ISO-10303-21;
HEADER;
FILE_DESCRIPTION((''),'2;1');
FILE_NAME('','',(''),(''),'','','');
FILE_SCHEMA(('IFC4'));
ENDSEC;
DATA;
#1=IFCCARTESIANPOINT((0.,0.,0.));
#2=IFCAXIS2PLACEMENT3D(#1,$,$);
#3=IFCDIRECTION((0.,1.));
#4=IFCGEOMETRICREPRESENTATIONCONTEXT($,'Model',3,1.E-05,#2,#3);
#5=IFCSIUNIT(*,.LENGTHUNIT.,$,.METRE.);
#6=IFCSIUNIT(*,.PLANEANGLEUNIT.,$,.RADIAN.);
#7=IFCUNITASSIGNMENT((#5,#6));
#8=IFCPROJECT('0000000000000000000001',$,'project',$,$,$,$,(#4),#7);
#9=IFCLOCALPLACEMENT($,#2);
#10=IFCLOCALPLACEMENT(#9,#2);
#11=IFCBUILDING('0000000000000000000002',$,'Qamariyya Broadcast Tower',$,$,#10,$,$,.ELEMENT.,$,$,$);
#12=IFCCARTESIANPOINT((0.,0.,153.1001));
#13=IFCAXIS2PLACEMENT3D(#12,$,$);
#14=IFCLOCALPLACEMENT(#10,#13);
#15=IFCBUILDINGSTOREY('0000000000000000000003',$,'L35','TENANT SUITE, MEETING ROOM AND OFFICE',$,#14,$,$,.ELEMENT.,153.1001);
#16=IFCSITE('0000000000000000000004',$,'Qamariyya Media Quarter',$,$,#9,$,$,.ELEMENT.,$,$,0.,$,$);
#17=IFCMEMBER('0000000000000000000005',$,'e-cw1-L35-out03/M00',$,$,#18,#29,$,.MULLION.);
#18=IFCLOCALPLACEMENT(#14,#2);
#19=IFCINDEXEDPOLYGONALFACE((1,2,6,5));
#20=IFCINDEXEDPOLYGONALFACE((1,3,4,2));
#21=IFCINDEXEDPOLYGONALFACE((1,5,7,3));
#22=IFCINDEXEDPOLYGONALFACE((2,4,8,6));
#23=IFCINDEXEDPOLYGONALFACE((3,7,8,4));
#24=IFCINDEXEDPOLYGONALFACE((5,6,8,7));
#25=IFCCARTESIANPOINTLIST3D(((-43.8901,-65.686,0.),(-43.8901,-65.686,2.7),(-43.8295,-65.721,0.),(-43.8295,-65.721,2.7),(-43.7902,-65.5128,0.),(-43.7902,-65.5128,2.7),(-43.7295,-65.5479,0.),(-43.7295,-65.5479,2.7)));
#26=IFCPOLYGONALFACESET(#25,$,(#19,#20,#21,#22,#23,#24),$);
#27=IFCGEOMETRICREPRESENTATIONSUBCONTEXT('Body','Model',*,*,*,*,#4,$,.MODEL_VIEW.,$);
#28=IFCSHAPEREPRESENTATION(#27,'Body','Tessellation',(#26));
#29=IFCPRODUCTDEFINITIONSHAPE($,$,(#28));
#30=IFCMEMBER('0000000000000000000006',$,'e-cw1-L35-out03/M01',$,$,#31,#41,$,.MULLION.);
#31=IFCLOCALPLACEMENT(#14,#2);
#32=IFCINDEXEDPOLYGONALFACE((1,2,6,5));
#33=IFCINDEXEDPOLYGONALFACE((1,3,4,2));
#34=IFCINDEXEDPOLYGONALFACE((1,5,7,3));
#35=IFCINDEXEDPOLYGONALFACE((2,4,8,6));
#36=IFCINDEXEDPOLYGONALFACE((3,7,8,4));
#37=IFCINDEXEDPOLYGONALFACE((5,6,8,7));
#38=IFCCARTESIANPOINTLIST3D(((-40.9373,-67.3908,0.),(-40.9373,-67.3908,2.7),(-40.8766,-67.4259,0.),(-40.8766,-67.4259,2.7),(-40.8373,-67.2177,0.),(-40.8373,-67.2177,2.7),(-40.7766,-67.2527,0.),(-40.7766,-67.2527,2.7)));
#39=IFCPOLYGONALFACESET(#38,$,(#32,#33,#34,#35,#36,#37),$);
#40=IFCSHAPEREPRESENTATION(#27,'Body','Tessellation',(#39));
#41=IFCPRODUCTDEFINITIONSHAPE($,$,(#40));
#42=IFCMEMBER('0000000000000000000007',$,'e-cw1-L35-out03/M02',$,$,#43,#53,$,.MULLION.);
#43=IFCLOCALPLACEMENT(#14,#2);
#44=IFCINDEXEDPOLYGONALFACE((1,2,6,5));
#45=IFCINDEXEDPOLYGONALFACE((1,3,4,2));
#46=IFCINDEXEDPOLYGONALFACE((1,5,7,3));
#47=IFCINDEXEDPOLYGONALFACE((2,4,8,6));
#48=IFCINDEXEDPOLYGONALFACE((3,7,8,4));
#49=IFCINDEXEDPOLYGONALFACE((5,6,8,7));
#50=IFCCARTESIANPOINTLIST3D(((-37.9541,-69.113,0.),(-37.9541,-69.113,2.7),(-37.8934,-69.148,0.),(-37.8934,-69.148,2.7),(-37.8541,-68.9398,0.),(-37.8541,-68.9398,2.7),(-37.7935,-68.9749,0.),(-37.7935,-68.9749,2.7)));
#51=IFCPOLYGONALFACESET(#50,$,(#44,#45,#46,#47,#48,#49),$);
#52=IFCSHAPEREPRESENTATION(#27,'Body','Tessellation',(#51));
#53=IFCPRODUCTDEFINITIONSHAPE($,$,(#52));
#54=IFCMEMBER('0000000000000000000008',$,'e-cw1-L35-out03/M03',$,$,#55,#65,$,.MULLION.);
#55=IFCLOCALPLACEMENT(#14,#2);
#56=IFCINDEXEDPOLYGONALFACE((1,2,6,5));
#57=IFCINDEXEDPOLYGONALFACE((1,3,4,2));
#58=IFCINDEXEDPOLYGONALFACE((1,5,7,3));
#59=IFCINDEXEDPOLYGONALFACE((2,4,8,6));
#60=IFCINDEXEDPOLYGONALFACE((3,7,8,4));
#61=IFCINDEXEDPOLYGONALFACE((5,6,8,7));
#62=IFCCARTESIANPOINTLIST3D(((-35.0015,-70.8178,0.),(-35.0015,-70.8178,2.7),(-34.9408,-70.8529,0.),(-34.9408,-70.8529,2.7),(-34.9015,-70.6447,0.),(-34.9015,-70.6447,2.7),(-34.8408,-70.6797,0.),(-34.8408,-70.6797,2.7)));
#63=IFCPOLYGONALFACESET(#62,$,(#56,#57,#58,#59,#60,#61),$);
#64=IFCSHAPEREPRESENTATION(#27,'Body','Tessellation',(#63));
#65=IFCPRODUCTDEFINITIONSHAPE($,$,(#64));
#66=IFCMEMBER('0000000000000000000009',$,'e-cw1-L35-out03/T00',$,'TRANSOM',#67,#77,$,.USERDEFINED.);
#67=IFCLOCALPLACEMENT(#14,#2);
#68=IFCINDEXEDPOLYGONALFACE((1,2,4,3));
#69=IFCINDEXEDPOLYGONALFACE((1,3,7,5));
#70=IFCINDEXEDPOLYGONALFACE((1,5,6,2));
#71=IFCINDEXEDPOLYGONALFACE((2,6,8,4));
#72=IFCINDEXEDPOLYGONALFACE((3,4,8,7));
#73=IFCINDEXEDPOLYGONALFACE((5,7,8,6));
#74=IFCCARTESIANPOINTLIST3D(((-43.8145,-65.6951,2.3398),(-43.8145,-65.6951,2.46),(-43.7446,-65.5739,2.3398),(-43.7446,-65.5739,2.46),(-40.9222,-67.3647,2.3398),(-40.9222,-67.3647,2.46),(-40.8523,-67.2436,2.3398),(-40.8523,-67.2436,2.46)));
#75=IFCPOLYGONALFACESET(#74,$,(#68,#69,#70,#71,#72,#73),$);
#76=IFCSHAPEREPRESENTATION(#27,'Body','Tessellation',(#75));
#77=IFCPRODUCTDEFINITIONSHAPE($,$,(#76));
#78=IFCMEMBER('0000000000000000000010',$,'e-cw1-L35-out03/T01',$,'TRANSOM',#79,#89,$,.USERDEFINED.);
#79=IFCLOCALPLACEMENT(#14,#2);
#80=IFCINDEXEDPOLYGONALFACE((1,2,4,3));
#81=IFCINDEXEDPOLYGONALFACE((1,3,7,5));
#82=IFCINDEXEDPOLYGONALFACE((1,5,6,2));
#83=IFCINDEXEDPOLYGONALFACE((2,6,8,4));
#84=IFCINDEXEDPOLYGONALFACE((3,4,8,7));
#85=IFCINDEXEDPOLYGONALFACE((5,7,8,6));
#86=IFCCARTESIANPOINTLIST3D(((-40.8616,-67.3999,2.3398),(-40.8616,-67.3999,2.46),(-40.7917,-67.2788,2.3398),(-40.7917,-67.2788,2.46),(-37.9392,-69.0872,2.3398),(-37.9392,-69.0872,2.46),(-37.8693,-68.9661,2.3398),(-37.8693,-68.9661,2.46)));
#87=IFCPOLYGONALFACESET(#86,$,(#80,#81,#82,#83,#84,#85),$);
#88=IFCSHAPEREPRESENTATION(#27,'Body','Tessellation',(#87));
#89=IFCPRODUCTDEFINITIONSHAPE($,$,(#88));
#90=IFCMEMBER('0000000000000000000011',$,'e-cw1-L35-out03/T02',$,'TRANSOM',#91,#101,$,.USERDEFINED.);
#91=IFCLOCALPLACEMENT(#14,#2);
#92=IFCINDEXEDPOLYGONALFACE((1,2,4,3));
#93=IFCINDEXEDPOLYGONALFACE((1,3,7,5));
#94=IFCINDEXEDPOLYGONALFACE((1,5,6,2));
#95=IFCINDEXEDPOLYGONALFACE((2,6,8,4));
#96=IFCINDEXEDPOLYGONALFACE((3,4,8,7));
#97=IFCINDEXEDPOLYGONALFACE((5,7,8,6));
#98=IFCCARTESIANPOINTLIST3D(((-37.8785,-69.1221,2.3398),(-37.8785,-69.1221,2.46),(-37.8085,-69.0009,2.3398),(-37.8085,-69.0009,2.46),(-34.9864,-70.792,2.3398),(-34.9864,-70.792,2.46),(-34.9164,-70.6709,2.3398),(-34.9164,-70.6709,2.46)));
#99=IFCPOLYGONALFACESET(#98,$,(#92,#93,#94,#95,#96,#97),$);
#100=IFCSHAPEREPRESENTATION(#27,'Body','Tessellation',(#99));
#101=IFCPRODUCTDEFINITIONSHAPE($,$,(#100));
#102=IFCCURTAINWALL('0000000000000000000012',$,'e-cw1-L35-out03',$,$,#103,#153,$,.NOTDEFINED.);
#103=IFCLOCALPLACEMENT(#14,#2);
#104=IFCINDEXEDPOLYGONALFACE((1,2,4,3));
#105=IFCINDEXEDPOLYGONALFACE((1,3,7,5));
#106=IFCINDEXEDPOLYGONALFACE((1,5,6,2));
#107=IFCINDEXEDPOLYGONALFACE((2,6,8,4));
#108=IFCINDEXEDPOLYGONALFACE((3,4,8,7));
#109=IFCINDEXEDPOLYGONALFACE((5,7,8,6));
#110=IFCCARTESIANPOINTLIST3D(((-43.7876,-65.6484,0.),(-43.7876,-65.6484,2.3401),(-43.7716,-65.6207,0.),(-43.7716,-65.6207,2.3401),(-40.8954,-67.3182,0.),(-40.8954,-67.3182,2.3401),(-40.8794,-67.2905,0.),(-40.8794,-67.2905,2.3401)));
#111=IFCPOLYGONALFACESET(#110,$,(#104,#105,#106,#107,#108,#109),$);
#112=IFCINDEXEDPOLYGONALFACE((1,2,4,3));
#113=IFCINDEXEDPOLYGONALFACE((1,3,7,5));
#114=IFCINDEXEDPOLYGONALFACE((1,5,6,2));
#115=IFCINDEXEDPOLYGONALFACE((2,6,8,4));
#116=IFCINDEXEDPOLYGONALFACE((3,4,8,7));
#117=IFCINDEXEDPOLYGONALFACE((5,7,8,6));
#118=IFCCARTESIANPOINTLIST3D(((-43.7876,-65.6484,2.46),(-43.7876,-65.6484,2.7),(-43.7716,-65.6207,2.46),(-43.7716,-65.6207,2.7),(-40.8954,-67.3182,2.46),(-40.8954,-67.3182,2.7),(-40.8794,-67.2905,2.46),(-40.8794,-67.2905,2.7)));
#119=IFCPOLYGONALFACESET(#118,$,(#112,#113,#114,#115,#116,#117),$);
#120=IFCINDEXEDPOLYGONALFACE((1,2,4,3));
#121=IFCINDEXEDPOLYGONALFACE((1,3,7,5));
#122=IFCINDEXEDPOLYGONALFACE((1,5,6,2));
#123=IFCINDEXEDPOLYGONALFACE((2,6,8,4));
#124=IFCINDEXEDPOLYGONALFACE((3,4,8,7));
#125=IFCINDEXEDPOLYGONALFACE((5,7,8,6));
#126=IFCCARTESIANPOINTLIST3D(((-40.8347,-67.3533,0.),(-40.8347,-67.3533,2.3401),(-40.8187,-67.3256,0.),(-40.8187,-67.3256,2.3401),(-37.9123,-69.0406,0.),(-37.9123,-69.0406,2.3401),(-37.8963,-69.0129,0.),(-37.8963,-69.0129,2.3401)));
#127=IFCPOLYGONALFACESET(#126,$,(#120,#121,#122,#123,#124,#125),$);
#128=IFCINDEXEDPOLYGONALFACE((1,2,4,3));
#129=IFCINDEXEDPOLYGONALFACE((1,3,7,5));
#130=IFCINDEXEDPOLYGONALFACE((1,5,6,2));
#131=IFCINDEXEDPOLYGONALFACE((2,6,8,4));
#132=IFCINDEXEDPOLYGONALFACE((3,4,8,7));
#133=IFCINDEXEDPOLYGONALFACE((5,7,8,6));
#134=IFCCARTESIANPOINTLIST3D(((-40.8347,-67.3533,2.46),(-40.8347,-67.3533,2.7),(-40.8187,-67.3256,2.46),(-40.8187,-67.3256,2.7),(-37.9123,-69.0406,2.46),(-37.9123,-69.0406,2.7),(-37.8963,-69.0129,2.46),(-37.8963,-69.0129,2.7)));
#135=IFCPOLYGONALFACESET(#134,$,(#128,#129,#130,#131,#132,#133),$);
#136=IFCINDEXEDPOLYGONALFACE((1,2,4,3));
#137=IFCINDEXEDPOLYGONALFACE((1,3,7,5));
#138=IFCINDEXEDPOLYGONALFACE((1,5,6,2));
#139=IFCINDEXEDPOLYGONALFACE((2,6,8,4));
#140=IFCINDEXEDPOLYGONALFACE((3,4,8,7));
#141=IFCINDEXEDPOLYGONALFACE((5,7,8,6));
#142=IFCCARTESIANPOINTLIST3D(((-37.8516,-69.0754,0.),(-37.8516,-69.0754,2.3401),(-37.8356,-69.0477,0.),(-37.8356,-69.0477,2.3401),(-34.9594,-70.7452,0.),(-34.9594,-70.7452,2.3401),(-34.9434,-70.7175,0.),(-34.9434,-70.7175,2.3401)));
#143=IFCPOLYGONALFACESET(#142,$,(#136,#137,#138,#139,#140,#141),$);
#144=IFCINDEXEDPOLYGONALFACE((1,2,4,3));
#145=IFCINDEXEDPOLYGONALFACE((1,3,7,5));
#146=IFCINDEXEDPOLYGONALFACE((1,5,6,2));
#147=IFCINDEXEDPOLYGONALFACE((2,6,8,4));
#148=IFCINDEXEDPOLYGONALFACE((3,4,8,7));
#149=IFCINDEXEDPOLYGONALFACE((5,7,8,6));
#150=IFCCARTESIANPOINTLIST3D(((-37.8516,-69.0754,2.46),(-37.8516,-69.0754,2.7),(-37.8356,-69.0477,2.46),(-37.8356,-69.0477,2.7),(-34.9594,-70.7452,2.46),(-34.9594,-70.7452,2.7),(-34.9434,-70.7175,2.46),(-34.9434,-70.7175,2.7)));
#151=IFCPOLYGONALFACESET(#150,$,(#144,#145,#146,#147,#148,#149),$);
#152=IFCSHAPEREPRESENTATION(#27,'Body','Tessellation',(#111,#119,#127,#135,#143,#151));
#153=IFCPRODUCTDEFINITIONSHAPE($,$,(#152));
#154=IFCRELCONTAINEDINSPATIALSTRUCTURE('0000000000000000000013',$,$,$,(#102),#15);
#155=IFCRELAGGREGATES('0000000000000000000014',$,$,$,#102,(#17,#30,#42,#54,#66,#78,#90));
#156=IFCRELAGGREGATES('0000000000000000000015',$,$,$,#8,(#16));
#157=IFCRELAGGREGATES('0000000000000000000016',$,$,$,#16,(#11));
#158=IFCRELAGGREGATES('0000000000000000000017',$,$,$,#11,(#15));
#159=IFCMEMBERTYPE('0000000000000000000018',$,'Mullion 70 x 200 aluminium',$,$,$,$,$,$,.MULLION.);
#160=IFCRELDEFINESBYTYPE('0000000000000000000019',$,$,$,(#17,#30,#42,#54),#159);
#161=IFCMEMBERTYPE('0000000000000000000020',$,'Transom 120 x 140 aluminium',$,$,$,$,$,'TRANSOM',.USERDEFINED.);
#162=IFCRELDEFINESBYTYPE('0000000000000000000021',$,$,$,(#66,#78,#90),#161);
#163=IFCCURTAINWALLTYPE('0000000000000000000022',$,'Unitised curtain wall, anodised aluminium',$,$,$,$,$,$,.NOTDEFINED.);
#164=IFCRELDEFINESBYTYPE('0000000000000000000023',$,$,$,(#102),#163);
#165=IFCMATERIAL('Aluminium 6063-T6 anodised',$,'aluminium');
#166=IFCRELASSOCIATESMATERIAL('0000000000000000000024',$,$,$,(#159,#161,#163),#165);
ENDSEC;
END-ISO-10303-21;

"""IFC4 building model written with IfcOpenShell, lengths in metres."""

from ifc_helpers import new_model, si_unit, direction, frame, origin, origin_2d, place, context, subcontext, project, spatial, rectangle, extrude, material, material_profile, profile_set, type_object, element, aggregate, save


model = new_model("IFC4")

# Units and contexts
model_context = context("Model", 3, precision=1e-05, world=origin(), true_north=direction((0.0, 1.0)))
body_context = subcontext(model_context, "Body", "Model", "MODEL_VIEW")
ifc_project = project(units=[si_unit("LENGTHUNIT", "METRE"), si_unit("PLANEANGLEUNIT", "RADIAN")], contexts=[model_context])

# Members
ifc_material = material(Name="Aluminium 6063-T6 anodised", Category="aluminium")
ifc_material_profile_1 = material_profile(ifc_material, rectangle(XDim=0.2, YDim=0.0701, at=origin_2d()))
ifc_profile_set_1 = profile_set([ifc_material_profile_1], Name="Aluminium 6063-T6 anodised")
member_type_1 = type_object("IfcMemberType", Name="Mullion 70 x 200 aluminium", PredefinedType="MULLION", material=ifc_profile_set_1)
site_placement = place(None, origin())
building_placement = place(site_placement, origin())
storey_placement = place(building_placement, frame((0.0, 0.0, 153.1001)))
member_1_placement = place(storey_placement, frame((-43.8098, -65.6169, 0.0), z_axis=(0.0, 0.0, 1.0), x_axis=(0.5, 0.866025, 0.0)))
member_1 = element("IfcMember", 1, at=member_1_placement, type_object=member_type_1, Name="e-cw1-L35-out03/M00", PredefinedType="MULLION", context=body_context, shape_type="SweptSolid", body=[
    extrude(rectangle(XDim=0.2, YDim=0.0701, at=origin_2d()), origin(), (0.0, 0.0, 1.0), 2.7),
])
member_2_placement = place(storey_placement, frame((-40.8569, -67.3218, 0.0), z_axis=(0.0, 0.0, 1.0), x_axis=(0.5, 0.866025, 0.0)))
member_2 = element("IfcMember", 2, at=member_2_placement, type_object=member_type_1, Name="e-cw1-L35-out03/M01", PredefinedType="MULLION", context=body_context, shape_type="SweptSolid", body=[
    extrude(rectangle(XDim=0.2, YDim=0.0701, at=origin_2d()), origin(), (0.0, 0.0, 1.0), 2.7),
])
member_3_placement = place(storey_placement, frame((-37.8738, -69.0439, 0.0), z_axis=(0.0, 0.0, 1.0), x_axis=(0.5, 0.866025, 0.0)))
member_3 = element("IfcMember", 3, at=member_3_placement, type_object=member_type_1, Name="e-cw1-L35-out03/M02", PredefinedType="MULLION", context=body_context, shape_type="SweptSolid", body=[
    extrude(rectangle(XDim=0.2, YDim=0.0701, at=origin_2d()), origin(), (0.0, 0.0, 1.0), 2.7),
])
member_4_placement = place(storey_placement, frame((-34.9211, -70.7488, 0.0), z_axis=(0.0, 0.0, 1.0), x_axis=(0.5, 0.866025, 0.0)))
member_4 = element("IfcMember", 4, at=member_4_placement, type_object=member_type_1, Name="e-cw1-L35-out03/M03", PredefinedType="MULLION", context=body_context, shape_type="SweptSolid", body=[
    extrude(rectangle(XDim=0.2, YDim=0.0701, at=origin_2d()), origin(), (0.0, 0.0, 1.0), 2.7),
])
ifc_material_profile_2 = material_profile(ifc_material, rectangle(XDim=0.1399, YDim=0.1201, at=origin_2d()))
ifc_profile_set_2 = profile_set([ifc_material_profile_2], Name="Aluminium 6063-T6 anodised")
member_type_2 = type_object("IfcMemberType", Name="Transom 120 x 140 aluminium", ElementType="TRANSOM", PredefinedType="USERDEFINED", material=ifc_profile_set_2)
member_5_placement = place(storey_placement, frame((-43.7795, -65.6345, 2.3999), z_axis=(0.866053, -0.499952, 0.0), x_axis=(0.499952, 0.866053, 0.0)))
member_5 = element("IfcMember", 5, at=member_5_placement, type_object=member_type_2, Name="e-cw1-L35-out03/T00", ObjectType="TRANSOM", PredefinedType="USERDEFINED", context=body_context, shape_type="SweptSolid", body=[
    extrude(rectangle(XDim=0.1399, YDim=0.1201, at=origin_2d()), origin(), (0.0, 0.0, 1.0), 3.3396),
])
member_6_placement = place(storey_placement, frame((-40.8267, -67.3394, 2.3999), z_axis=(0.866022, -0.500006, 0.0), x_axis=(0.500006, 0.866022, 0.0)))
member_6 = element("IfcMember", 6, at=member_6_placement, type_object=member_type_2, Name="e-cw1-L35-out03/T01", ObjectType="TRANSOM", PredefinedType="USERDEFINED", context=body_context, shape_type="SweptSolid", body=[
    extrude(rectangle(XDim=0.1399, YDim=0.1201, at=origin_2d()), origin(), (0.0, 0.0, 1.0), 3.3745),
])
member_7_placement = place(storey_placement, frame((-37.8435, -69.0615, 2.3999), z_axis=(0.866003, -0.500039, 0.0), x_axis=(0.500039, 0.866003, 0.0)))
member_7 = element("IfcMember", 7, at=member_7_placement, type_object=member_type_2, Name="e-cw1-L35-out03/T02", ObjectType="TRANSOM", PredefinedType="USERDEFINED", context=body_context, shape_type="SweptSolid", body=[
    extrude(rectangle(XDim=0.1399, YDim=0.1201, at=origin_2d()), origin(), (0.0, 0.0, 1.0), 3.3396),
])

# Site, building, storey
site = spatial("IfcSite", under=ifc_project, at=site_placement, Name="Qamariyya Media Quarter", CompositionType="ELEMENT", RefElevation=0.0)
building = spatial("IfcBuilding", under=site, at=building_placement, Name="Qamariyya Broadcast Tower", CompositionType="ELEMENT")
storey = spatial("IfcBuildingStorey", under=building, at=storey_placement, Name="L35", Description="TENANT SUITE, MEETING ROOM AND OFFICE", CompositionType="ELEMENT", Elevation=153.1001)

# Curtain wall
curtain_wall_type = type_object("IfcCurtainWallType", Name="Unitised curtain wall, anodised aluminium", PredefinedType="NOTDEFINED", material=ifc_material)
curtain_wall_1_placement = place(storey_placement, origin())
curtain_wall_1 = element("IfcCurtainWall", 8, at=curtain_wall_1_placement, inside=storey, type_object=curtain_wall_type, Name="e-cw1-L35-out03", PredefinedType="NOTDEFINED", context=body_context, shape_type="SweptSolid", body=[
    extrude(rectangle(XDim=3.3396, YDim=0.032, at=origin_2d()), frame((-42.3335, -66.4695, 0.0), x_axis=(0.866029, -0.499994, 0.0)), (0.0, 0.0, 1.0), 2.3401),
    extrude(rectangle(XDim=3.3396, YDim=0.032, at=origin_2d()), frame((-42.3335, -66.4695, 2.46), x_axis=(0.866029, -0.499994, 0.0)), (0.0, 0.0, 1.0), 0.24),
    extrude(rectangle(XDim=3.3745, YDim=0.032, at=origin_2d()), frame((-39.3655, -68.1831, 0.0), x_axis=(0.866029, -0.499994, 0.0)), (0.0, 0.0, 1.0), 2.3401),
    extrude(rectangle(XDim=3.3745, YDim=0.032, at=origin_2d()), frame((-39.3655, -68.1831, 2.46), x_axis=(0.866029, -0.499994, 0.0)), (0.0, 0.0, 1.0), 0.24),
    extrude(rectangle(XDim=3.3396, YDim=0.032, at=origin_2d()), frame((-36.3975, -69.8965, 0.0), x_axis=(0.866029, -0.499994, 0.0)), (0.0, 0.0, 1.0), 2.3401),
    extrude(rectangle(XDim=3.3396, YDim=0.032, at=origin_2d()), frame((-36.3975, -69.8965, 2.46), x_axis=(0.866029, -0.499994, 0.0)), (0.0, 0.0, 1.0), 0.24),
])
aggregate(curtain_wall_1, [member_1, member_2, member_3, member_4, member_5, member_6, member_7])

save(model, "model.ifc")
